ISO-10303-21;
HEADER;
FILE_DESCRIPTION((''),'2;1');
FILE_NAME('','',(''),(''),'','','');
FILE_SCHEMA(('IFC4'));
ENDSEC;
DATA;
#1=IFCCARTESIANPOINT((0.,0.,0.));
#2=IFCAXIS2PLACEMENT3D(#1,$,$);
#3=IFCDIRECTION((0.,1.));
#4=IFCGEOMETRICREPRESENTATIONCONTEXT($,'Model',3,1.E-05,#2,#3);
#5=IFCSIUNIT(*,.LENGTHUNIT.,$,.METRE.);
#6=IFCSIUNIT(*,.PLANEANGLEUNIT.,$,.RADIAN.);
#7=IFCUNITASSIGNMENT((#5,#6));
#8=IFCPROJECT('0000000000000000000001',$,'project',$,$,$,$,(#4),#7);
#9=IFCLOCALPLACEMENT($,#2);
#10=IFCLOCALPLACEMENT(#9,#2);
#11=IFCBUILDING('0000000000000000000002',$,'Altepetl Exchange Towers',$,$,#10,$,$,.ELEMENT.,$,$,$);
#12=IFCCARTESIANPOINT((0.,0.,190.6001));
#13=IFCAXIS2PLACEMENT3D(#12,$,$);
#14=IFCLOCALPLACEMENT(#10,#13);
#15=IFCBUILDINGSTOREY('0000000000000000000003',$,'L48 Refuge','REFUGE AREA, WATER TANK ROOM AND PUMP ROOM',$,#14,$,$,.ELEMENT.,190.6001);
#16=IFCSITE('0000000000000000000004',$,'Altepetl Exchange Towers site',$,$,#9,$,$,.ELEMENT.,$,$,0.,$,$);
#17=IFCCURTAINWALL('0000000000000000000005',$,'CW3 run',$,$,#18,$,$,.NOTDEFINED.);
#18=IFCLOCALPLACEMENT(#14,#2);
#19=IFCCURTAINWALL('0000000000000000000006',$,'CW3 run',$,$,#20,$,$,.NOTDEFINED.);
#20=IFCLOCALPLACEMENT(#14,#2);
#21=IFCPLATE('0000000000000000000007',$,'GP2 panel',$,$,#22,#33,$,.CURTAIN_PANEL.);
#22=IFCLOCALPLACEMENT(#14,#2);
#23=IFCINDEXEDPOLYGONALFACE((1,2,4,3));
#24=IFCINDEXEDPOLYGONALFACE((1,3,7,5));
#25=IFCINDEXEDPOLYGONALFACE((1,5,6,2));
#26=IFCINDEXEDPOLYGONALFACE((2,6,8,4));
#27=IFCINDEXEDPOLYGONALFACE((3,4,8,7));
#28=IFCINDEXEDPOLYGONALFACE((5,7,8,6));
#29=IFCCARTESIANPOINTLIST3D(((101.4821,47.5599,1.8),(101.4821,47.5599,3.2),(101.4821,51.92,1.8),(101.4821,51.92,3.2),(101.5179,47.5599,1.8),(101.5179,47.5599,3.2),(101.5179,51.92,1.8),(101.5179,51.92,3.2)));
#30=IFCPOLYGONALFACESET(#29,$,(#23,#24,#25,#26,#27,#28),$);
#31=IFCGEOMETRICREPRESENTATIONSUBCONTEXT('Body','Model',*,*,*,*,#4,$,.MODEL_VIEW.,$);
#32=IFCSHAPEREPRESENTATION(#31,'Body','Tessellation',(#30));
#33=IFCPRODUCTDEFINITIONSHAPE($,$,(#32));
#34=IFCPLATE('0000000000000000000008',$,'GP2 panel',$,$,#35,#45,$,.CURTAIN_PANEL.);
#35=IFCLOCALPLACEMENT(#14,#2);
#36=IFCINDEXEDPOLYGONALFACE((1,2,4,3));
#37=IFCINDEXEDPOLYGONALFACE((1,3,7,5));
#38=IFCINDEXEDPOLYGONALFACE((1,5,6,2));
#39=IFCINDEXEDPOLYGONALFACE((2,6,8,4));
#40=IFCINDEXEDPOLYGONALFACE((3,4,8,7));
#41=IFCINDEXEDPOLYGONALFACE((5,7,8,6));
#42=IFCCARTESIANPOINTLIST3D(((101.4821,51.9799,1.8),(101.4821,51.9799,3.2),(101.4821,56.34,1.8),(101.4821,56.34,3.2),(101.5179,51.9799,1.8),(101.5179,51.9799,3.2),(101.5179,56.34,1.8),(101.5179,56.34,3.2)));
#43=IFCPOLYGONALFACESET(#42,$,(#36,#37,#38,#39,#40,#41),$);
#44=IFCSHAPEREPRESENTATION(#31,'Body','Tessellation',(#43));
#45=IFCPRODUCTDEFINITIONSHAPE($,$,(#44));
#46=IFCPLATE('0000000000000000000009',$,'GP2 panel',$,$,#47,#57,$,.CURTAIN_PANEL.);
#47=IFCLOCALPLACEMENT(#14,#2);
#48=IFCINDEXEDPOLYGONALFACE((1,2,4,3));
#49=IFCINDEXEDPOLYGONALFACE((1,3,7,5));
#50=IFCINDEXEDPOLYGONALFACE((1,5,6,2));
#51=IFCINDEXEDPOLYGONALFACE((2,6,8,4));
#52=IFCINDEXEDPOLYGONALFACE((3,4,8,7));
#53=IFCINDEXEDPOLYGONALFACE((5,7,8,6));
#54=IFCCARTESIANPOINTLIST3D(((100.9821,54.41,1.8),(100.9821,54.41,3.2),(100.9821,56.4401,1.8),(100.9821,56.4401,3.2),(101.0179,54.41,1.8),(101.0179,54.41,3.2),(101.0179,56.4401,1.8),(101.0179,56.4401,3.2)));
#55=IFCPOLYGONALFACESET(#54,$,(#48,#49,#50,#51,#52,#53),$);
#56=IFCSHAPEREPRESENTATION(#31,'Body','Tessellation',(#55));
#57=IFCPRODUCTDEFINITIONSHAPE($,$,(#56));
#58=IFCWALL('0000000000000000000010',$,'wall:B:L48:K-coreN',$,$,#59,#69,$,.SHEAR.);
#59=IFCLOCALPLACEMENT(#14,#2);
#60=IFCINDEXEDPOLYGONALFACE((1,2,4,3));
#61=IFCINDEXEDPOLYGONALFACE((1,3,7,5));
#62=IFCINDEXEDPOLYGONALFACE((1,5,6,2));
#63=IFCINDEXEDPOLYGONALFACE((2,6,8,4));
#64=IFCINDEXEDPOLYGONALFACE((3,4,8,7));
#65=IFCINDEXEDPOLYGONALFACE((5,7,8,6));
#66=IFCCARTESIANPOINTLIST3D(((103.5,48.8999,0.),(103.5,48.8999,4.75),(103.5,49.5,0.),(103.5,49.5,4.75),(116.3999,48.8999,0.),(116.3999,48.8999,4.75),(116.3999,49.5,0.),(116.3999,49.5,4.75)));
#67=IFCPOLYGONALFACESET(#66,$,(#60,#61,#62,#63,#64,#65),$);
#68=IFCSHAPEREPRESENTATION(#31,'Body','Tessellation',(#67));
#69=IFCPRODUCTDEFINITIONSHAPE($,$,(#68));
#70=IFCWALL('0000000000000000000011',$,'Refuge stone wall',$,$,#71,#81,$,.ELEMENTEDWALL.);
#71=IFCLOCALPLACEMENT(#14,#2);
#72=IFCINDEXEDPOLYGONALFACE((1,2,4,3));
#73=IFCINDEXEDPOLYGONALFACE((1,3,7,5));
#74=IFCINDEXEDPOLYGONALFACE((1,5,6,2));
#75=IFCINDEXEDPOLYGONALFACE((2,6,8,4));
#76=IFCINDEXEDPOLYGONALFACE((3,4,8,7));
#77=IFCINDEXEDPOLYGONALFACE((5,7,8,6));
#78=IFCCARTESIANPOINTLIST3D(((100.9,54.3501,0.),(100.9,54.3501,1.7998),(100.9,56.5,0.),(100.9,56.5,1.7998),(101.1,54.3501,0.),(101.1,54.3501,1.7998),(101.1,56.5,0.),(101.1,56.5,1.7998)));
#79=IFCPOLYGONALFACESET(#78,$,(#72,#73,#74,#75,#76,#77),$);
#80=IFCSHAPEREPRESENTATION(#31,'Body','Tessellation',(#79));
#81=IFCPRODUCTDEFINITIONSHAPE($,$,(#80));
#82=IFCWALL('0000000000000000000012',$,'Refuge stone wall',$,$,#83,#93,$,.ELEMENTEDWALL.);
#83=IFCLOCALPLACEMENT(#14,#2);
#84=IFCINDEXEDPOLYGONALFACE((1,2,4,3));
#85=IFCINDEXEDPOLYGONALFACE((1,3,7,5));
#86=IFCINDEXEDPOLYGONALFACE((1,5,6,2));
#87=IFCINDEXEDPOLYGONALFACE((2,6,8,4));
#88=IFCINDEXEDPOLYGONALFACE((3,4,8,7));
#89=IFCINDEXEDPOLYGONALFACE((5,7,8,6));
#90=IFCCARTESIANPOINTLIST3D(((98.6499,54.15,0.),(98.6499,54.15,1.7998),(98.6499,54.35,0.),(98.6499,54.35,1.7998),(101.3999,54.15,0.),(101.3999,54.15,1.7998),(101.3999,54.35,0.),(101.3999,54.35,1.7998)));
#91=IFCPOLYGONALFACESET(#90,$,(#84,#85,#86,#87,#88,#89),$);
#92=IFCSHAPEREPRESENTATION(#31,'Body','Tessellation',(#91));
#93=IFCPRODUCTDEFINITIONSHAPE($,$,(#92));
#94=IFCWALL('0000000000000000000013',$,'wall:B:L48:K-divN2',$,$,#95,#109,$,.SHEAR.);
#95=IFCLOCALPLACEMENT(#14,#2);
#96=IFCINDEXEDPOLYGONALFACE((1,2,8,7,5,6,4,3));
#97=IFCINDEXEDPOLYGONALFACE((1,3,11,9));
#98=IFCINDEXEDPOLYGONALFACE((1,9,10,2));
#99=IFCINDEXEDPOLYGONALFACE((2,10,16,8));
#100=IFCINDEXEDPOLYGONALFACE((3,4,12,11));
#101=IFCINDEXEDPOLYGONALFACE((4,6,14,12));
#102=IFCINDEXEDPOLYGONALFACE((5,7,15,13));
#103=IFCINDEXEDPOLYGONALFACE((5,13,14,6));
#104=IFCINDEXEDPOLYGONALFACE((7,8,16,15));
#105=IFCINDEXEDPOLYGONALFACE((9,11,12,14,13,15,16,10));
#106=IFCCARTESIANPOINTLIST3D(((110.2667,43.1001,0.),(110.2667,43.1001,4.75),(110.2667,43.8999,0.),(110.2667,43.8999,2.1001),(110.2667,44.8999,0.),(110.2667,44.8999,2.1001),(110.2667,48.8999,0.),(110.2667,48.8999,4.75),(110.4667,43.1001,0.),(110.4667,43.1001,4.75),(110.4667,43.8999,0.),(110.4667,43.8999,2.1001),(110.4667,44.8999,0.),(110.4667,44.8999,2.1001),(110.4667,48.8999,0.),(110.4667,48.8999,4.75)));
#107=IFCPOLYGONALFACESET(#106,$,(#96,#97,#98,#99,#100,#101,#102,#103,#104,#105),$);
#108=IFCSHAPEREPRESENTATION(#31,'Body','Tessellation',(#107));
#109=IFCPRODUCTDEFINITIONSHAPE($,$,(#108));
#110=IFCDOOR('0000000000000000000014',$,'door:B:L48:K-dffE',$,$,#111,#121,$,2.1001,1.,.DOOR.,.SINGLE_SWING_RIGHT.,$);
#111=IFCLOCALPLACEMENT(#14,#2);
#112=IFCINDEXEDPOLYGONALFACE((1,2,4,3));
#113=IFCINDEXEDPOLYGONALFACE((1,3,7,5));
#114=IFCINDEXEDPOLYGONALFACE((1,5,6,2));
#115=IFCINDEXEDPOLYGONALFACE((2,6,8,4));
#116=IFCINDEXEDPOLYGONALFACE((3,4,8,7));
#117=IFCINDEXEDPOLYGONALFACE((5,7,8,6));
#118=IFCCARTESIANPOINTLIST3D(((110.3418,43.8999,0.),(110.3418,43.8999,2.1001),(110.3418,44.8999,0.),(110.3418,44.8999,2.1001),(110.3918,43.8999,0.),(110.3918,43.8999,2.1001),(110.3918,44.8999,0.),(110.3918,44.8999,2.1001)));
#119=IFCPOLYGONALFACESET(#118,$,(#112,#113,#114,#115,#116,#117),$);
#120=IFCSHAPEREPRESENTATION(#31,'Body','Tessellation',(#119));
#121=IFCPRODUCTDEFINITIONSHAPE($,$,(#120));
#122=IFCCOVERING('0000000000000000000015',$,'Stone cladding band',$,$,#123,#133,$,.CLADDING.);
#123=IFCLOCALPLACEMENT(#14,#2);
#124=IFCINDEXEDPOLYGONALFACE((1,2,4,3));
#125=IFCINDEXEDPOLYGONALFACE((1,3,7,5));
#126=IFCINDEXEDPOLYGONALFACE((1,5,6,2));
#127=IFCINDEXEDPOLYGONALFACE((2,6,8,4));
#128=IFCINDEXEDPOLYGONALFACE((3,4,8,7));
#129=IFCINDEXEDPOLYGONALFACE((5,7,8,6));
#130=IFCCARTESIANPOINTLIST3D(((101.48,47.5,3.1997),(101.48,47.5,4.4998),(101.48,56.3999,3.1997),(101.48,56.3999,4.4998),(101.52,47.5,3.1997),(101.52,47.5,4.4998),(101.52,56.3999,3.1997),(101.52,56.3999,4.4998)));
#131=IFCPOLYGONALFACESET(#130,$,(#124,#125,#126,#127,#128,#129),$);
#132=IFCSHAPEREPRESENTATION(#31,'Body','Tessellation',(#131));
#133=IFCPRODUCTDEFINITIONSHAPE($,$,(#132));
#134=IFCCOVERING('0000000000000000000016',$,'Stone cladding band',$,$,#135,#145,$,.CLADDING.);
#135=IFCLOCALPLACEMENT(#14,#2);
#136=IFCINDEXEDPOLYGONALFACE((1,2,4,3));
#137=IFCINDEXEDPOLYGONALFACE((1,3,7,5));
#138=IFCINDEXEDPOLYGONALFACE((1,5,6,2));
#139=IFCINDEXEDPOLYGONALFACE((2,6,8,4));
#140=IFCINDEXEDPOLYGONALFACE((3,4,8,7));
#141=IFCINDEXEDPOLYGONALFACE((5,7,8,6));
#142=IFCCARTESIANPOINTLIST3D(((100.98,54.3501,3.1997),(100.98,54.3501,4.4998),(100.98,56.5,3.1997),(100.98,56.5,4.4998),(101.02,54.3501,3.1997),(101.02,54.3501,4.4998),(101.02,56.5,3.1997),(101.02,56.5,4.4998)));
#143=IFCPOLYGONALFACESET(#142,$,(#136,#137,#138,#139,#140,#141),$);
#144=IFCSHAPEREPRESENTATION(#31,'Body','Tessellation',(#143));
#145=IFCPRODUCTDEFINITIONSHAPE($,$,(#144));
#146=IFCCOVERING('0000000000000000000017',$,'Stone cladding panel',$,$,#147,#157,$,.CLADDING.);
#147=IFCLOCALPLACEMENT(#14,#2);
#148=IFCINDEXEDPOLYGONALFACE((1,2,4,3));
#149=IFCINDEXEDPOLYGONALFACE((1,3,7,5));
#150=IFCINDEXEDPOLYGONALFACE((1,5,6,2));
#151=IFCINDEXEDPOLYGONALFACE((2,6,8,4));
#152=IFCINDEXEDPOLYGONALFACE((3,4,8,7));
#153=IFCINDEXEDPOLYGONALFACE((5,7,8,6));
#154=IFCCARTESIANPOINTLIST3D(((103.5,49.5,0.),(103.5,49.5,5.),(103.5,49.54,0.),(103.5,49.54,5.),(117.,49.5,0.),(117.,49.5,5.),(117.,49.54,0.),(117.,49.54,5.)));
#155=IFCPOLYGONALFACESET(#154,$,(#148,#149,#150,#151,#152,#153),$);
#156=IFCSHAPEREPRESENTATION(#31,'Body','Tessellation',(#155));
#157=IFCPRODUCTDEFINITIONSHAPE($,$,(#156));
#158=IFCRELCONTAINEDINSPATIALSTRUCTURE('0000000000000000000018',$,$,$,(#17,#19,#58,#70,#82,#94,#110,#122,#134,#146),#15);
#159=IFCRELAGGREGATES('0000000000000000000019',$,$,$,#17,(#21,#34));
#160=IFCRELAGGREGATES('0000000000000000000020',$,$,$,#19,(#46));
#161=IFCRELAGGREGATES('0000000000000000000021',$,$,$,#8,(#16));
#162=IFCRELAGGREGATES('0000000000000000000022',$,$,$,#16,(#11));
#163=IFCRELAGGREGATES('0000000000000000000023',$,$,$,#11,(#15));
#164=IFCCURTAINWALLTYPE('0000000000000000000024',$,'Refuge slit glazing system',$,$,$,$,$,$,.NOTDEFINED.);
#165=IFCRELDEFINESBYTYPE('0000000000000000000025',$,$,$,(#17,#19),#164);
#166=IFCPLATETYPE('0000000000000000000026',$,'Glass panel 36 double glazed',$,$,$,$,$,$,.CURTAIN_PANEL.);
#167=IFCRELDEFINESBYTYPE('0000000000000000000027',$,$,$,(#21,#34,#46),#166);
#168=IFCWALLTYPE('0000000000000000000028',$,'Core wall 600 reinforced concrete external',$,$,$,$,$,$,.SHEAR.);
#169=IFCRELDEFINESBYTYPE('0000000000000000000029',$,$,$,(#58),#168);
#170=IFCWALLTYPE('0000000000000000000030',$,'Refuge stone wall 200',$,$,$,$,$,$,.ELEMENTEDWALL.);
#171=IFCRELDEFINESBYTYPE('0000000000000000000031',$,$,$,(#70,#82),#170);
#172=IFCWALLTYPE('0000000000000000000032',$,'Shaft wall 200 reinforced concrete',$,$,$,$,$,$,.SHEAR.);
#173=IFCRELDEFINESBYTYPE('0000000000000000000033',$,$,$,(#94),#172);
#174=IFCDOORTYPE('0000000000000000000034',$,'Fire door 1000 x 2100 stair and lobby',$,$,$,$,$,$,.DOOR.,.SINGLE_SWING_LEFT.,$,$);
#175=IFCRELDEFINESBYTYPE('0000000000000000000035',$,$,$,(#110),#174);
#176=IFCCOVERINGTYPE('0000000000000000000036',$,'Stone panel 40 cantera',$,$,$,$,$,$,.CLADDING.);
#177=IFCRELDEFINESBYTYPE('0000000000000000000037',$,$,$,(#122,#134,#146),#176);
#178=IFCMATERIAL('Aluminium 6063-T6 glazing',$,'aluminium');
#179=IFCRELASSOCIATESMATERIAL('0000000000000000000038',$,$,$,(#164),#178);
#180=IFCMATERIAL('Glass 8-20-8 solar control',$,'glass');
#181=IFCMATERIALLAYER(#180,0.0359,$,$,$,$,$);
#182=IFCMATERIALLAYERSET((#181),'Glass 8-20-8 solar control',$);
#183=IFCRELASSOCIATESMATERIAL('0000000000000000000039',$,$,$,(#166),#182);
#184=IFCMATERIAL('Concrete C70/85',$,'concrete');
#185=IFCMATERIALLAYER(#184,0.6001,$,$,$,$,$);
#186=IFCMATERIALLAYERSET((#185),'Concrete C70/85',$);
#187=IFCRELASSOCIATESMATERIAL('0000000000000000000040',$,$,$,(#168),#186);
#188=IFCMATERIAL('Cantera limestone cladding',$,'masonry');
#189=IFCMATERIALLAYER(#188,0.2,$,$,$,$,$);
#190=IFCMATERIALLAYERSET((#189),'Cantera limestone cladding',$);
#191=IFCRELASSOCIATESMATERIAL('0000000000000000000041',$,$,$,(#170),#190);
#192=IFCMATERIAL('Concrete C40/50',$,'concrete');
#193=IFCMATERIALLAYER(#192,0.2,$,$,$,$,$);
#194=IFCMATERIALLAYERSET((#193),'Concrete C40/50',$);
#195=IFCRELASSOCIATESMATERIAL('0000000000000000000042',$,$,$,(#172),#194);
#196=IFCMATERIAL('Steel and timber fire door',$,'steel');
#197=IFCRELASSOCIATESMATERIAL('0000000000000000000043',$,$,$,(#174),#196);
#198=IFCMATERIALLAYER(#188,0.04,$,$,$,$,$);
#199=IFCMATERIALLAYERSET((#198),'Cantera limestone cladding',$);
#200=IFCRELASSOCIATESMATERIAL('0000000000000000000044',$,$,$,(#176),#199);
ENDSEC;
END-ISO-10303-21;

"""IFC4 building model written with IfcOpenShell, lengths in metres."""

from ifc_helpers import new_model, si_unit, direction, frame, frame_2d, origin, origin_2d, place, context, subcontext, project, spatial, rectangle, extrude, material, layer, layer_set, type_object, element, fill, aggregate, save


model = new_model("IFC4")

# Units and contexts
model_context = context("Model", 3, precision=1e-05, world=origin(), true_north=direction((0.0, 1.0)))
body_context = subcontext(model_context, "Body", "Model", "MODEL_VIEW")
ifc_project = project(units=[si_unit("LENGTHUNIT", "METRE"), si_unit("PLANEANGLEUNIT", "RADIAN")], contexts=[model_context])

# Site, building, storey
site_placement = place(None, origin())
site = spatial("IfcSite", under=ifc_project, at=site_placement, Name="Altepetl Exchange Towers site", CompositionType="ELEMENT", RefElevation=0.0)
building_placement = place(site_placement, origin())
building = spatial("IfcBuilding", under=site, at=building_placement, Name="Altepetl Exchange Towers", CompositionType="ELEMENT")
storey_placement = place(building_placement, frame((0.0, 0.0, 190.6001)))
storey = spatial("IfcBuildingStorey", under=building, at=storey_placement, Name="L48 Refuge", Description="REFUGE AREA, WATER TANK ROOM AND PUMP ROOM", CompositionType="ELEMENT", Elevation=190.6001)

# Curtain walls
ifc_material_1 = material(Name="Aluminium 6063-T6 glazing", Category="aluminium")
curtain_wall_type = type_object("IfcCurtainWallType", Name="Refuge slit glazing system", PredefinedType="NOTDEFINED", material=ifc_material_1)
curtain_wall_1_placement = place(storey_placement, origin())
curtain_wall_1 = element("IfcCurtainWall", 1, at=curtain_wall_1_placement, inside=storey, type_object=curtain_wall_type, Name="CW3 run", PredefinedType="NOTDEFINED")
curtain_wall_2_placement = place(storey_placement, origin())
curtain_wall_2 = element("IfcCurtainWall", 2, at=curtain_wall_2_placement, inside=storey, type_object=curtain_wall_type, Name="CW3 run", PredefinedType="NOTDEFINED")

# Plates
ifc_material_2 = material(Name="Glass 8-20-8 solar control", Category="glass")
ifc_layer_1 = layer(ifc_material_2, 0.0359)
ifc_layer_set_1 = layer_set([ifc_layer_1], Name="Glass 8-20-8 solar control")
plate_type = type_object("IfcPlateType", Name="Glass panel 36 double glazed", PredefinedType="CURTAIN_PANEL", material=ifc_layer_set_1)
plate_1_placement = place(storey_placement, frame((101.5, 49.74, 1.8), z_axis=(0.0, 0.0, 1.0), x_axis=(0.0, 1.0, 0.0)))
plate_1 = element("IfcPlate", 3, at=plate_1_placement, type_object=plate_type, Name="GP2 panel", PredefinedType="CURTAIN_PANEL", context=body_context, shape_type="SweptSolid", body=[
    extrude(rectangle(XDim=4.3601, YDim=0.0359, at=origin_2d()), origin(), (0.0, 0.0, 1.0), 1.3999),
])
plate_2_placement = place(storey_placement, frame((101.5, 54.1599, 1.8), z_axis=(0.0, 0.0, 1.0), x_axis=(0.0, 1.0, 0.0)))
plate_2 = element("IfcPlate", 4, at=plate_2_placement, type_object=plate_type, Name="GP2 panel", PredefinedType="CURTAIN_PANEL", context=body_context, shape_type="SweptSolid", body=[
    extrude(rectangle(XDim=4.3601, YDim=0.0359, at=origin_2d()), origin(), (0.0, 0.0, 1.0), 1.3999),
])
aggregate(curtain_wall_1, [plate_1, plate_2])
plate_3_placement = place(storey_placement, frame((101.0, 55.425, 1.8), z_axis=(0.0, 0.0, 1.0), x_axis=(0.0, -1.0, 0.0)))
plate_3 = element("IfcPlate", 5, at=plate_3_placement, type_object=plate_type, Name="GP2 panel", PredefinedType="CURTAIN_PANEL", context=body_context, shape_type="SweptSolid", body=[
    extrude(rectangle(XDim=2.03, YDim=0.0359, at=origin_2d()), origin(), (0.0, 0.0, 1.0), 1.3999),
])
aggregate(curtain_wall_2, [plate_3])

# Walls
ifc_material_3 = material(Name="Concrete C70/85", Category="concrete")
ifc_layer_2 = layer(ifc_material_3, 0.6001)
ifc_layer_set_2 = layer_set([ifc_layer_2], Name="Concrete C70/85")
wall_type_1 = type_object("IfcWallType", Name="Core wall 600 reinforced concrete external", PredefinedType="SHEAR", material=ifc_layer_set_2)
wall_1_placement = place(storey_placement, frame((103.5, 49.2, 0.0)))
element("IfcWall", 6, at=wall_1_placement, inside=storey, type_object=wall_type_1, Name="wall:B:L48:K-coreN", PredefinedType="SHEAR", context=body_context, shape_type="SweptSolid", body=[
    extrude(rectangle(XDim=12.8999, YDim=0.6001, at=frame_2d((6.45, 0.0))), origin(), (0.0, 0.0, 1.0), 4.75),
])
ifc_material_4 = material(Name="Cantera limestone cladding", Category="masonry")
ifc_layer_3 = layer(ifc_material_4, 0.2)
ifc_layer_set_3 = layer_set([ifc_layer_3], Name="Cantera limestone cladding")
wall_type_2 = type_object("IfcWallType", Name="Refuge stone wall 200", PredefinedType="ELEMENTEDWALL", material=ifc_layer_set_3)
wall_2_placement = place(storey_placement, frame((101.0, 56.5, 0.0), z_axis=(0.0, 0.0, 1.0), x_axis=(0.0, -1.0, 0.0)))
element("IfcWall", 7, at=wall_2_placement, inside=storey, type_object=wall_type_2, Name="Refuge stone wall", PredefinedType="ELEMENTEDWALL", context=body_context, shape_type="SweptSolid", body=[
    extrude(rectangle(XDim=2.1499, YDim=0.2, at=frame_2d((1.075, 0.0))), origin(), (0.0, 0.0, 1.0), 1.7998),
])
wall_3_placement = place(storey_placement, frame((101.3999, 54.25, 0.0), z_axis=(0.0, 0.0, 1.0), x_axis=(-1.0, 0.0, 0.0)))
element("IfcWall", 8, at=wall_3_placement, inside=storey, type_object=wall_type_2, Name="Refuge stone wall", PredefinedType="ELEMENTEDWALL", context=body_context, shape_type="SweptSolid", body=[
    extrude(rectangle(XDim=2.75, YDim=0.2, at=frame_2d((1.375, 0.0))), origin(), (0.0, 0.0, 1.0), 1.7998),
])

# Wall, opening, door
ifc_material_5 = material(Name="Concrete C40/50", Category="concrete")
ifc_layer_4 = layer(ifc_material_5, 0.2)
ifc_layer_set_4 = layer_set([ifc_layer_4], Name="Concrete C40/50")
wall_type_3 = type_object("IfcWallType", Name="Shaft wall 200 reinforced concrete", PredefinedType="SHEAR", material=ifc_layer_set_4)
wall_4_placement = place(storey_placement, frame((110.3667, 48.8999, 0.0), z_axis=(0.0, 0.0, 1.0), x_axis=(0.0, -1.0, 0.0)))
wall_4 = element("IfcWall", 9, at=wall_4_placement, inside=storey, type_object=wall_type_3, Name="wall:B:L48:K-divN2", PredefinedType="SHEAR", context=body_context, shape_type="SweptSolid", body=[
    extrude(rectangle(XDim=5.7998, YDim=0.2, at=frame_2d((2.8999, 0.0))), origin(), (0.0, 0.0, 1.0), 4.75),
])
opening_placement = place(wall_4_placement, frame((4.0, 0.0, 0.0)))
opening = element("IfcOpeningElement", 10, at=opening_placement, cuts=wall_4, PredefinedType="OPENING", context=body_context, shape_type="SweptSolid", body=[
    extrude(rectangle(XDim=1.0, YDim=2.1001, at=frame_2d((0.5, 1.05))), frame((0.0, 0.1099, 0.0), z_axis=(0.0, -1.0, 0.0), x_axis=(1.0, 0.0, 0.0)), (0.0, 0.0, 1.0), 0.22),
])
ifc_material_6 = material(Name="Steel and timber fire door", Category="steel")
door_type = type_object("IfcDoorType", Name="Fire door 1000 x 2100 stair and lobby", OperationType="SINGLE_SWING_LEFT", PredefinedType="DOOR", material=ifc_material_6)
door_placement = place(opening_placement, frame((1.0, 0.0, 0.0), x_axis=(-1.0, 0.0, 0.0)))
door = element("IfcDoor", 11, at=door_placement, inside=storey, type_object=door_type, Name="door:B:L48:K-dffE", OperationType="SINGLE_SWING_RIGHT", OverallHeight=2.1001, OverallWidth=1.0, PredefinedType="DOOR", context=body_context, shape_type="SweptSolid", body=[
    extrude(rectangle(XDim=1.0, YDim=2.1001, at=frame_2d((0.5, 1.05))), frame((0.0, 0.0249, 0.0), z_axis=(0.0, -1.0, 0.0), x_axis=(1.0, 0.0, 0.0)), (0.0, 0.0, 1.0), 0.05),
])
fill(opening, door)

# Coverings
ifc_layer_5 = layer(ifc_material_4, 0.04)
ifc_layer_set_5 = layer_set([ifc_layer_5], Name="Cantera limestone cladding")
covering_type = type_object("IfcCoveringType", Name="Stone panel 40 cantera", PredefinedType="CLADDING", material=ifc_layer_set_5)
covering_1_placement = place(storey_placement, frame((101.5, 51.95, 3.1997), z_axis=(0.0, 0.0, 1.0), x_axis=(0.0, 1.0, 0.0)))
element("IfcCovering", 12, at=covering_1_placement, inside=storey, type_object=covering_type, Name="Stone cladding band", PredefinedType="CLADDING", context=body_context, shape_type="SweptSolid", body=[
    extrude(rectangle(XDim=8.8999, YDim=0.04, at=origin_2d()), origin(), (0.0, 0.0, 1.0), 1.3),
])
covering_2_placement = place(storey_placement, frame((101.0, 55.425, 3.1997), z_axis=(0.0, 0.0, 1.0), x_axis=(0.0, -1.0, 0.0)))
element("IfcCovering", 13, at=covering_2_placement, inside=storey, type_object=covering_type, Name="Stone cladding band", PredefinedType="CLADDING", context=body_context, shape_type="SweptSolid", body=[
    extrude(rectangle(XDim=2.1499, YDim=0.04, at=origin_2d()), origin(), (0.0, 0.0, 1.0), 1.3),
])
covering_3_placement = place(storey_placement, frame((110.25, 49.52, 0.0), z_axis=(0.0, 0.0, 1.0), x_axis=(-1.0, 0.0, 0.0)))
element("IfcCovering", 14, at=covering_3_placement, inside=storey, type_object=covering_type, Name="Stone cladding panel", PredefinedType="CLADDING", context=body_context, shape_type="SweptSolid", body=[
    extrude(rectangle(XDim=13.5, YDim=0.04, at=origin_2d()), origin(), (0.0, 0.0, 1.0), 5.0),
])

save(model, "model.ifc")
